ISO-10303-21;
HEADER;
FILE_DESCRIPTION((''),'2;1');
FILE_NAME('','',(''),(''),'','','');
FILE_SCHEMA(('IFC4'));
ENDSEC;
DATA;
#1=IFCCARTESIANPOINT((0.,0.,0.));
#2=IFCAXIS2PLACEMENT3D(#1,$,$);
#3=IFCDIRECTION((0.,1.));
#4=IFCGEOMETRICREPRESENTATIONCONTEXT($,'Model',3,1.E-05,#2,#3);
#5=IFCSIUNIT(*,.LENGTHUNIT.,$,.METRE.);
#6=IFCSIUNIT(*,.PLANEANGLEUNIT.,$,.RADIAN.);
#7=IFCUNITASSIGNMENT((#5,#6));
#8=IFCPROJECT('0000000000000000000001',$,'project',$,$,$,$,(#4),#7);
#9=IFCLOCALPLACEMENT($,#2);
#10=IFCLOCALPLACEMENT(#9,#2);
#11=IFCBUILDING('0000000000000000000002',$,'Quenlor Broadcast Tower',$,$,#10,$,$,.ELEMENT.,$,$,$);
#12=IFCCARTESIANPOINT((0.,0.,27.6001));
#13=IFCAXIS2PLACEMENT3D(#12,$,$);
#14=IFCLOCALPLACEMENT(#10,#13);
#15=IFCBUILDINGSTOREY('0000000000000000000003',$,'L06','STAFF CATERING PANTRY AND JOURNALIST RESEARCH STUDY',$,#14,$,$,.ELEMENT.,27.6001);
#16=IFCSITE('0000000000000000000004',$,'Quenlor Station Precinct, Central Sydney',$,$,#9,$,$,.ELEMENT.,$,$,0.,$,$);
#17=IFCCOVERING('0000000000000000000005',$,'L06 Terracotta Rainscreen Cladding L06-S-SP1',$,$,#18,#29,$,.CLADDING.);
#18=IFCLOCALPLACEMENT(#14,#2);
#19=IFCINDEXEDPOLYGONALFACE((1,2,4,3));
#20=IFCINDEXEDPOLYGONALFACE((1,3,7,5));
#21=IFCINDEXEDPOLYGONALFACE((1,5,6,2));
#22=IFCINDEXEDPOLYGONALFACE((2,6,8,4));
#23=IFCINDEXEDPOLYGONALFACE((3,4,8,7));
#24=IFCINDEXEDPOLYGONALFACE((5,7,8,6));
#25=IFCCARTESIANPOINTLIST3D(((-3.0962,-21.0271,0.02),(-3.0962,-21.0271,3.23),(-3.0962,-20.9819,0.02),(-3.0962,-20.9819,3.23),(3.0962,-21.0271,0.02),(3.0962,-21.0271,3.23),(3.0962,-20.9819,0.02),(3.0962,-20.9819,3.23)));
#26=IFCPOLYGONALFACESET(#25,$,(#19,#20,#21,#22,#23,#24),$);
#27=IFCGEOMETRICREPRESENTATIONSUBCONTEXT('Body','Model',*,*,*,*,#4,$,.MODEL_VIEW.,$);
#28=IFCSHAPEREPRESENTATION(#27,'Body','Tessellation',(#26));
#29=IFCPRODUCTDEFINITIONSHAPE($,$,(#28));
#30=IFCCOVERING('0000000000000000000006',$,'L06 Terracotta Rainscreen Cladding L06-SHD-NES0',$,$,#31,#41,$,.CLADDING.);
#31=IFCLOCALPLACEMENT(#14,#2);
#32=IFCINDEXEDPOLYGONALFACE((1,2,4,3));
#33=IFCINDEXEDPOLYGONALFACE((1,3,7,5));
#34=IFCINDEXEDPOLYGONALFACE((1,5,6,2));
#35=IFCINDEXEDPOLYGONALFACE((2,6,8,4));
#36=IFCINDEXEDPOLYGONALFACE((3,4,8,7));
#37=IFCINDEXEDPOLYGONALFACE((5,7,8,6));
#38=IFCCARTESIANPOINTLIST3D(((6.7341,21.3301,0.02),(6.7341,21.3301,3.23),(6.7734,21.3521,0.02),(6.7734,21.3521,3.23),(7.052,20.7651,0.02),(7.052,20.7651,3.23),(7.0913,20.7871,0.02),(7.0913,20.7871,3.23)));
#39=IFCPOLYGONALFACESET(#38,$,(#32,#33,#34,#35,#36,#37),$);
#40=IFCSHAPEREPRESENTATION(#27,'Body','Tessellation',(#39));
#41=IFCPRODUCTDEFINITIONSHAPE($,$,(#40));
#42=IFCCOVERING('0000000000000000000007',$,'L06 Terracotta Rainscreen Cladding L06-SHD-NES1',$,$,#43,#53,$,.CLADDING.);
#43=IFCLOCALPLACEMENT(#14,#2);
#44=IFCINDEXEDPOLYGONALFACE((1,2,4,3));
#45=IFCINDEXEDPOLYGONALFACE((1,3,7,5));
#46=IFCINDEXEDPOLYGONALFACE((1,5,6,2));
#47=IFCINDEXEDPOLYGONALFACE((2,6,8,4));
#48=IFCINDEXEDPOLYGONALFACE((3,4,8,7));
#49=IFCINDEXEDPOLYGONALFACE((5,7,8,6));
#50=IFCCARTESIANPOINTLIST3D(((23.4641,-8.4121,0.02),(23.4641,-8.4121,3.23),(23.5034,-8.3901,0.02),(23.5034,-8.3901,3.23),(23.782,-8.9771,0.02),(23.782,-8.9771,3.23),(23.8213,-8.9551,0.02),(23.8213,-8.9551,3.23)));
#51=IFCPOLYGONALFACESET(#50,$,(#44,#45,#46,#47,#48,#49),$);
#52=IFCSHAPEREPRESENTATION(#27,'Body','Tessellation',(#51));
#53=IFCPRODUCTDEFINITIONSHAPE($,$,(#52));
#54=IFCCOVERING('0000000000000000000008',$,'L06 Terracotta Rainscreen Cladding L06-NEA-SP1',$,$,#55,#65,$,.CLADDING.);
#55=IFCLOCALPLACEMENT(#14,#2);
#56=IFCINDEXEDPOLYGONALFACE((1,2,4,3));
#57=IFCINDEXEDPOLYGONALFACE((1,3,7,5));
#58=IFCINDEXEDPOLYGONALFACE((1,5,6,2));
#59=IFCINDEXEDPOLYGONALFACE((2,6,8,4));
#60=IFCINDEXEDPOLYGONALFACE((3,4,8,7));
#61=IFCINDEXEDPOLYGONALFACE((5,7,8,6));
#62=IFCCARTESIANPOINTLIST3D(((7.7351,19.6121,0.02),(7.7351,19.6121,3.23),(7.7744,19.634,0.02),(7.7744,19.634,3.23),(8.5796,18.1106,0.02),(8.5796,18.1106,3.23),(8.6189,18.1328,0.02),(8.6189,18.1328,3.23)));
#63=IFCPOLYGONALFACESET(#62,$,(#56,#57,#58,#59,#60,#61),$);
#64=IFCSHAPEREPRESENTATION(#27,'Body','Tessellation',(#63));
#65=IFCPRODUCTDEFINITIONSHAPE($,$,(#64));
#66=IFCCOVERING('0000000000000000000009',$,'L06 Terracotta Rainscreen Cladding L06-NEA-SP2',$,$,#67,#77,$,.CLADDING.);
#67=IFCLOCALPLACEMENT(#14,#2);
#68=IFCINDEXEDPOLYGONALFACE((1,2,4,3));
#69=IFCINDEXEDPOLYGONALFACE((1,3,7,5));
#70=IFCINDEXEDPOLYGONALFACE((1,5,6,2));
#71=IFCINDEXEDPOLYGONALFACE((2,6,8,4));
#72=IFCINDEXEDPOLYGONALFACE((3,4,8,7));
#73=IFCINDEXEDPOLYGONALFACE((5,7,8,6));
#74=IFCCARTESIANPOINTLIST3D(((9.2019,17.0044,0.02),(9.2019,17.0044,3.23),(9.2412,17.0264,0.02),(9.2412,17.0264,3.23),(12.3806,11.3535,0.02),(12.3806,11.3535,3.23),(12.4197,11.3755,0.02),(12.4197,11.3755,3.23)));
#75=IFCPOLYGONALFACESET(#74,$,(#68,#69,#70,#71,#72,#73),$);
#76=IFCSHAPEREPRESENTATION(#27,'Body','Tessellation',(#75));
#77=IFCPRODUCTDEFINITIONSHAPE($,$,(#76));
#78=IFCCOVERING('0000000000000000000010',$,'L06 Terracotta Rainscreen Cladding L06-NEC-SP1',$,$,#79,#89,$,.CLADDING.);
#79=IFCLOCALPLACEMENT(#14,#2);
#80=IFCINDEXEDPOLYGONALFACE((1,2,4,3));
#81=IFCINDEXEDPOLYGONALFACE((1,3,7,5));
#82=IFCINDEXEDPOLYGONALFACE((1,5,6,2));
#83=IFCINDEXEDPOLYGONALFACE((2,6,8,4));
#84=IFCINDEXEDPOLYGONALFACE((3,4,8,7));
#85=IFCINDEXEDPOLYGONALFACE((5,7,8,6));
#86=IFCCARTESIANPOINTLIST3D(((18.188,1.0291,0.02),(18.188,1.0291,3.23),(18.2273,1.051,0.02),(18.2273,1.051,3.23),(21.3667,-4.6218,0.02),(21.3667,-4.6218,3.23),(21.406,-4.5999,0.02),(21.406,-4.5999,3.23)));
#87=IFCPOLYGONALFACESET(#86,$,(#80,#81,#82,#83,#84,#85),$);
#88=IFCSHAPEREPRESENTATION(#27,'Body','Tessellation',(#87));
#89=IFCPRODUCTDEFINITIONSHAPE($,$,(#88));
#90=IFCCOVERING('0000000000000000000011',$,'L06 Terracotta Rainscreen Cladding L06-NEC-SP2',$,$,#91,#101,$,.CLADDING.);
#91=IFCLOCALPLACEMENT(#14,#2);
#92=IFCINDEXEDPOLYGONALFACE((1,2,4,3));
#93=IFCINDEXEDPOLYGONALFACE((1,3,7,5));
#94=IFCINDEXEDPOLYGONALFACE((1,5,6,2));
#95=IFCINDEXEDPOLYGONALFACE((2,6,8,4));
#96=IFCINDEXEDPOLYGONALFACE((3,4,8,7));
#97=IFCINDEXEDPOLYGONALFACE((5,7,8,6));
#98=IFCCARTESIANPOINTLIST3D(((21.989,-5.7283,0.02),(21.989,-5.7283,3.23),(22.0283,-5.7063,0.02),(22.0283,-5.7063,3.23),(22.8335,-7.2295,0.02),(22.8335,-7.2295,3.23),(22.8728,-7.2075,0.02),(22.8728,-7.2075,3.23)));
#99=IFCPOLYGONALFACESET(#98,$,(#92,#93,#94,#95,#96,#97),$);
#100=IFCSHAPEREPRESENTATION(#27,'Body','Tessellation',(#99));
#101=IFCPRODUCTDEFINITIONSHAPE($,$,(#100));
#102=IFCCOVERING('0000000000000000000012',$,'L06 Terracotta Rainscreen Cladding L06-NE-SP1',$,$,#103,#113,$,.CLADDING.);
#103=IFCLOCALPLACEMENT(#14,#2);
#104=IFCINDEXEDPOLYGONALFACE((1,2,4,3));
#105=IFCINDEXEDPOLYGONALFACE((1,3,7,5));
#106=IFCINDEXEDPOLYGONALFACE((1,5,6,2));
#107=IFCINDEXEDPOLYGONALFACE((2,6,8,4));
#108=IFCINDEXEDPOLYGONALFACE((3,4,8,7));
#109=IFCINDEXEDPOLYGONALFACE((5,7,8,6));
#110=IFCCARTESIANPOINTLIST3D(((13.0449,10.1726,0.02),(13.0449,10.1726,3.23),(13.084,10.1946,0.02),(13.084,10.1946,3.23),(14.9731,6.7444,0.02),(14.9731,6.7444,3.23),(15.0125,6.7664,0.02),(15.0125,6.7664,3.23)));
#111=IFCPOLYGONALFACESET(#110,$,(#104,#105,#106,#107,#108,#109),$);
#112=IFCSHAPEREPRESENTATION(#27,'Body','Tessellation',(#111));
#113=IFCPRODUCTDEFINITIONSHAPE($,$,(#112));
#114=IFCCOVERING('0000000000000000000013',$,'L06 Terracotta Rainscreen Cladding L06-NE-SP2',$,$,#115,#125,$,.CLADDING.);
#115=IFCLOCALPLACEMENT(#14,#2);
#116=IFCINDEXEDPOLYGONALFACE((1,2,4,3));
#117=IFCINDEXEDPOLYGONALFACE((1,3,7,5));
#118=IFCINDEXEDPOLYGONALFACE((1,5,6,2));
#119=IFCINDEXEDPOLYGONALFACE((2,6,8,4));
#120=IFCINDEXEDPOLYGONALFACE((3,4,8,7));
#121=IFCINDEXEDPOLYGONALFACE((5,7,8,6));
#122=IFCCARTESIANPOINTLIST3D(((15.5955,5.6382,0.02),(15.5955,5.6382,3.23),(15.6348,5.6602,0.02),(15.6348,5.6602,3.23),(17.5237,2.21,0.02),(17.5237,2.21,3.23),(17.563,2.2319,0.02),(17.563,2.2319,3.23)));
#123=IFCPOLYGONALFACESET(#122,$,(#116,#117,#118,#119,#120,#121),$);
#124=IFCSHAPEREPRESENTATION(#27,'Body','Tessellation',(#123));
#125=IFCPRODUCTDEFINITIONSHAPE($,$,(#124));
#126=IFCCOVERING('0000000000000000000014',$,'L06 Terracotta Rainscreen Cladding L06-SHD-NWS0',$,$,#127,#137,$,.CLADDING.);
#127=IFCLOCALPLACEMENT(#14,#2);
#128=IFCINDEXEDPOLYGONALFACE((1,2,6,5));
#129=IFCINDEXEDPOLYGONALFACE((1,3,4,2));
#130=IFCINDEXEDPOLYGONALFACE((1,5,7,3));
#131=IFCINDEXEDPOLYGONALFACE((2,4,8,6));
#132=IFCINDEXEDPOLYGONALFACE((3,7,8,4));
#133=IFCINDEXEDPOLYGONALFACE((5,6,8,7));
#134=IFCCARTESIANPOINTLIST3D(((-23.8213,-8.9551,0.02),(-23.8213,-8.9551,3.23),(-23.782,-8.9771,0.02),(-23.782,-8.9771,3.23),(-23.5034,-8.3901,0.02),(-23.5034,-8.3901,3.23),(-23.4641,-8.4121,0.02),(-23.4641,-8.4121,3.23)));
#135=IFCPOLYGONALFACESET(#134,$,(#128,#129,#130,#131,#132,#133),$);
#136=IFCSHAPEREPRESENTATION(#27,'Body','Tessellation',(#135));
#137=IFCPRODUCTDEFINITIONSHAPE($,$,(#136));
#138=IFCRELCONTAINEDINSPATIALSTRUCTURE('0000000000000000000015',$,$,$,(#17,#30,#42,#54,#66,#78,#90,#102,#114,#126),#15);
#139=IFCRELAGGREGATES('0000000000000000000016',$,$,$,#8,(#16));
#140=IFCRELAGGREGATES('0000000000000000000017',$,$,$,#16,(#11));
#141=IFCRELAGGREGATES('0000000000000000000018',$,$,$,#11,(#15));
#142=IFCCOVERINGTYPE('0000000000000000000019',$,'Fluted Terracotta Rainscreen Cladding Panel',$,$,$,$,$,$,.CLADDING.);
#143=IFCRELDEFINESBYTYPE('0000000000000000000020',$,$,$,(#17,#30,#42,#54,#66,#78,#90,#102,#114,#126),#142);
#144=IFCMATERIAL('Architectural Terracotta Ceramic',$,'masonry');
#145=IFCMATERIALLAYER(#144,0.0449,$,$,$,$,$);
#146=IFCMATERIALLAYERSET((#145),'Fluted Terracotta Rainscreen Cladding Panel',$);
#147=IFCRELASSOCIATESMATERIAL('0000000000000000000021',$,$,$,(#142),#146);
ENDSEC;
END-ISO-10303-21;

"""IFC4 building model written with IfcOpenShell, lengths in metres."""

from ifc_helpers import new_model, si_unit, direction, frame, origin, place, context, subcontext, project, spatial, polyline, outline, extrude, material, layer, layer_set, type_object, element, save


model = new_model("IFC4")

# Units and contexts
model_context = context("Model", 3, precision=1e-05, world=origin(), true_north=direction((0.0, 1.0)))
body_context = subcontext(model_context, "Body", "Model", "MODEL_VIEW")
ifc_project = project(units=[si_unit("LENGTHUNIT", "METRE"), si_unit("PLANEANGLEUNIT", "RADIAN")], contexts=[model_context])

# Site, building, storey
site_placement = place(None, origin())
site = spatial("IfcSite", under=ifc_project, at=site_placement, Name="Quenlor Station Precinct, Central Sydney", CompositionType="ELEMENT", RefElevation=0.0)
building_placement = place(site_placement, origin())
building = spatial("IfcBuilding", under=site, at=building_placement, Name="Quenlor Broadcast Tower", CompositionType="ELEMENT")
storey_placement = place(building_placement, frame((0.0, 0.0, 27.6001)))
storey = spatial("IfcBuildingStorey", under=building, at=storey_placement, Name="L06", Description="STAFF CATERING PANTRY AND JOURNALIST RESEARCH STUDY", CompositionType="ELEMENT", Elevation=27.6001)

# Coverings
ifc_material_1 = material(Name="Architectural Terracotta Ceramic", Category="masonry")
ifc_layer_1 = layer(ifc_material_1, 0.0449)
ifc_layer_set_1 = layer_set([ifc_layer_1], Name="Fluted Terracotta Rainscreen Cladding Panel")
covering_type = type_object("IfcCoveringType", Name="Fluted Terracotta Rainscreen Cladding Panel", PredefinedType="CLADDING", material=ifc_layer_set_1)
covering_1_placement = place(storey_placement, frame((0.0, 0.0, 0.02)))
element("IfcCovering", 1, at=covering_1_placement, inside=storey, type_object=covering_type, Name="L06 Terracotta Rainscreen Cladding L06-S-SP1", PredefinedType="CLADDING", context=body_context, shape_type="SweptSolid", body=[
    extrude(outline(polyline([(3.0962, -20.9819), (-3.0962, -20.9819), (-3.0962, -21.0271), (3.0962, -21.0271), (3.0962, -20.9819)])), origin(), (0.0, 0.0, 1.0), 3.21),
])
covering_2_placement = place(storey_placement, frame((0.0, 0.0, 0.02)))
element("IfcCovering", 2, at=covering_2_placement, inside=storey, type_object=covering_type, Name="L06 Terracotta Rainscreen Cladding L06-SHD-NES0", PredefinedType="CLADDING", context=body_context, shape_type="SweptSolid", body=[
    extrude(outline(polyline([(6.7341, 21.3301), (7.052, 20.7651), (7.0913, 20.7871), (6.7734, 21.3521), (6.7341, 21.3301)])), origin(), (0.0, 0.0, 1.0), 3.21),
])
covering_3_placement = place(storey_placement, frame((0.0, 0.0, 0.02)))
element("IfcCovering", 3, at=covering_3_placement, inside=storey, type_object=covering_type, Name="L06 Terracotta Rainscreen Cladding L06-SHD-NES1", PredefinedType="CLADDING", context=body_context, shape_type="SweptSolid", body=[
    extrude(outline(polyline([(23.4641, -8.4121), (23.782, -8.9771), (23.8213, -8.9551), (23.5034, -8.3901), (23.4641, -8.4121)])), origin(), (0.0, 0.0, 1.0), 3.21),
])
covering_4_placement = place(storey_placement, frame((0.0, 0.0, 0.02)))
element("IfcCovering", 4, at=covering_4_placement, inside=storey, type_object=covering_type, Name="L06 Terracotta Rainscreen Cladding L06-NEA-SP1", PredefinedType="CLADDING", context=body_context, shape_type="SweptSolid", body=[
    extrude(outline(polyline([(7.7351, 19.6121), (8.5796, 18.1106), (8.6189, 18.1328), (7.7744, 19.634), (7.7351, 19.6121)])), origin(), (0.0, 0.0, 1.0), 3.21),
])
covering_5_placement = place(storey_placement, frame((0.0, 0.0, 0.02)))
element("IfcCovering", 5, at=covering_5_placement, inside=storey, type_object=covering_type, Name="L06 Terracotta Rainscreen Cladding L06-NEA-SP2", PredefinedType="CLADDING", context=body_context, shape_type="SweptSolid", body=[
    extrude(outline(polyline([(9.2019, 17.0044), (12.3806, 11.3535), (12.4197, 11.3755), (9.2412, 17.0264), (9.2019, 17.0044)])), origin(), (0.0, 0.0, 1.0), 3.21),
])
covering_6_placement = place(storey_placement, frame((0.0, 0.0, 0.02)))
element("IfcCovering", 6, at=covering_6_placement, inside=storey, type_object=covering_type, Name="L06 Terracotta Rainscreen Cladding L06-NEC-SP1", PredefinedType="CLADDING", context=body_context, shape_type="SweptSolid", body=[
    extrude(outline(polyline([(18.188, 1.0291), (21.3667, -4.6218), (21.406, -4.5999), (18.2273, 1.051), (18.188, 1.0291)])), origin(), (0.0, 0.0, 1.0), 3.21),
])
covering_7_placement = place(storey_placement, frame((0.0, 0.0, 0.02)))
element("IfcCovering", 7, at=covering_7_placement, inside=storey, type_object=covering_type, Name="L06 Terracotta Rainscreen Cladding L06-NEC-SP2", PredefinedType="CLADDING", context=body_context, shape_type="SweptSolid", body=[
    extrude(outline(polyline([(21.989, -5.7283), (22.8335, -7.2295), (22.8728, -7.2075), (22.0283, -5.7063), (21.989, -5.7283)])), origin(), (0.0, 0.0, 1.0), 3.21),
])
covering_8_placement = place(storey_placement, frame((0.0, 0.0, 0.02)))
element("IfcCovering", 8, at=covering_8_placement, inside=storey, type_object=covering_type, Name="L06 Terracotta Rainscreen Cladding L06-NE-SP1", PredefinedType="CLADDING", context=body_context, shape_type="SweptSolid", body=[
    extrude(outline(polyline([(13.0449, 10.1726), (14.9731, 6.7444), (15.0125, 6.7664), (13.084, 10.1946), (13.0449, 10.1726)])), origin(), (0.0, 0.0, 1.0), 3.21),
])
covering_9_placement = place(storey_placement, frame((0.0, 0.0, 0.02)))
element("IfcCovering", 9, at=covering_9_placement, inside=storey, type_object=covering_type, Name="L06 Terracotta Rainscreen Cladding L06-NE-SP2", PredefinedType="CLADDING", context=body_context, shape_type="SweptSolid", body=[
    extrude(outline(polyline([(15.5955, 5.6382), (17.5237, 2.21), (17.563, 2.2319), (15.6348, 5.6602), (15.5955, 5.6382)])), origin(), (0.0, 0.0, 1.0), 3.21),
])
covering_10_placement = place(storey_placement, frame((0.0, 0.0, 0.02)))
element("IfcCovering", 10, at=covering_10_placement, inside=storey, type_object=covering_type, Name="L06 Terracotta Rainscreen Cladding L06-SHD-NWS0", PredefinedType="CLADDING", context=body_context, shape_type="SweptSolid", body=[
    extrude(outline(polyline([(-23.782, -8.9771), (-23.4641, -8.4121), (-23.5034, -8.3901), (-23.8213, -8.9551), (-23.782, -8.9771)])), origin(), (0.0, 0.0, 1.0), 3.21),
])

save(model, "model.ifc")
